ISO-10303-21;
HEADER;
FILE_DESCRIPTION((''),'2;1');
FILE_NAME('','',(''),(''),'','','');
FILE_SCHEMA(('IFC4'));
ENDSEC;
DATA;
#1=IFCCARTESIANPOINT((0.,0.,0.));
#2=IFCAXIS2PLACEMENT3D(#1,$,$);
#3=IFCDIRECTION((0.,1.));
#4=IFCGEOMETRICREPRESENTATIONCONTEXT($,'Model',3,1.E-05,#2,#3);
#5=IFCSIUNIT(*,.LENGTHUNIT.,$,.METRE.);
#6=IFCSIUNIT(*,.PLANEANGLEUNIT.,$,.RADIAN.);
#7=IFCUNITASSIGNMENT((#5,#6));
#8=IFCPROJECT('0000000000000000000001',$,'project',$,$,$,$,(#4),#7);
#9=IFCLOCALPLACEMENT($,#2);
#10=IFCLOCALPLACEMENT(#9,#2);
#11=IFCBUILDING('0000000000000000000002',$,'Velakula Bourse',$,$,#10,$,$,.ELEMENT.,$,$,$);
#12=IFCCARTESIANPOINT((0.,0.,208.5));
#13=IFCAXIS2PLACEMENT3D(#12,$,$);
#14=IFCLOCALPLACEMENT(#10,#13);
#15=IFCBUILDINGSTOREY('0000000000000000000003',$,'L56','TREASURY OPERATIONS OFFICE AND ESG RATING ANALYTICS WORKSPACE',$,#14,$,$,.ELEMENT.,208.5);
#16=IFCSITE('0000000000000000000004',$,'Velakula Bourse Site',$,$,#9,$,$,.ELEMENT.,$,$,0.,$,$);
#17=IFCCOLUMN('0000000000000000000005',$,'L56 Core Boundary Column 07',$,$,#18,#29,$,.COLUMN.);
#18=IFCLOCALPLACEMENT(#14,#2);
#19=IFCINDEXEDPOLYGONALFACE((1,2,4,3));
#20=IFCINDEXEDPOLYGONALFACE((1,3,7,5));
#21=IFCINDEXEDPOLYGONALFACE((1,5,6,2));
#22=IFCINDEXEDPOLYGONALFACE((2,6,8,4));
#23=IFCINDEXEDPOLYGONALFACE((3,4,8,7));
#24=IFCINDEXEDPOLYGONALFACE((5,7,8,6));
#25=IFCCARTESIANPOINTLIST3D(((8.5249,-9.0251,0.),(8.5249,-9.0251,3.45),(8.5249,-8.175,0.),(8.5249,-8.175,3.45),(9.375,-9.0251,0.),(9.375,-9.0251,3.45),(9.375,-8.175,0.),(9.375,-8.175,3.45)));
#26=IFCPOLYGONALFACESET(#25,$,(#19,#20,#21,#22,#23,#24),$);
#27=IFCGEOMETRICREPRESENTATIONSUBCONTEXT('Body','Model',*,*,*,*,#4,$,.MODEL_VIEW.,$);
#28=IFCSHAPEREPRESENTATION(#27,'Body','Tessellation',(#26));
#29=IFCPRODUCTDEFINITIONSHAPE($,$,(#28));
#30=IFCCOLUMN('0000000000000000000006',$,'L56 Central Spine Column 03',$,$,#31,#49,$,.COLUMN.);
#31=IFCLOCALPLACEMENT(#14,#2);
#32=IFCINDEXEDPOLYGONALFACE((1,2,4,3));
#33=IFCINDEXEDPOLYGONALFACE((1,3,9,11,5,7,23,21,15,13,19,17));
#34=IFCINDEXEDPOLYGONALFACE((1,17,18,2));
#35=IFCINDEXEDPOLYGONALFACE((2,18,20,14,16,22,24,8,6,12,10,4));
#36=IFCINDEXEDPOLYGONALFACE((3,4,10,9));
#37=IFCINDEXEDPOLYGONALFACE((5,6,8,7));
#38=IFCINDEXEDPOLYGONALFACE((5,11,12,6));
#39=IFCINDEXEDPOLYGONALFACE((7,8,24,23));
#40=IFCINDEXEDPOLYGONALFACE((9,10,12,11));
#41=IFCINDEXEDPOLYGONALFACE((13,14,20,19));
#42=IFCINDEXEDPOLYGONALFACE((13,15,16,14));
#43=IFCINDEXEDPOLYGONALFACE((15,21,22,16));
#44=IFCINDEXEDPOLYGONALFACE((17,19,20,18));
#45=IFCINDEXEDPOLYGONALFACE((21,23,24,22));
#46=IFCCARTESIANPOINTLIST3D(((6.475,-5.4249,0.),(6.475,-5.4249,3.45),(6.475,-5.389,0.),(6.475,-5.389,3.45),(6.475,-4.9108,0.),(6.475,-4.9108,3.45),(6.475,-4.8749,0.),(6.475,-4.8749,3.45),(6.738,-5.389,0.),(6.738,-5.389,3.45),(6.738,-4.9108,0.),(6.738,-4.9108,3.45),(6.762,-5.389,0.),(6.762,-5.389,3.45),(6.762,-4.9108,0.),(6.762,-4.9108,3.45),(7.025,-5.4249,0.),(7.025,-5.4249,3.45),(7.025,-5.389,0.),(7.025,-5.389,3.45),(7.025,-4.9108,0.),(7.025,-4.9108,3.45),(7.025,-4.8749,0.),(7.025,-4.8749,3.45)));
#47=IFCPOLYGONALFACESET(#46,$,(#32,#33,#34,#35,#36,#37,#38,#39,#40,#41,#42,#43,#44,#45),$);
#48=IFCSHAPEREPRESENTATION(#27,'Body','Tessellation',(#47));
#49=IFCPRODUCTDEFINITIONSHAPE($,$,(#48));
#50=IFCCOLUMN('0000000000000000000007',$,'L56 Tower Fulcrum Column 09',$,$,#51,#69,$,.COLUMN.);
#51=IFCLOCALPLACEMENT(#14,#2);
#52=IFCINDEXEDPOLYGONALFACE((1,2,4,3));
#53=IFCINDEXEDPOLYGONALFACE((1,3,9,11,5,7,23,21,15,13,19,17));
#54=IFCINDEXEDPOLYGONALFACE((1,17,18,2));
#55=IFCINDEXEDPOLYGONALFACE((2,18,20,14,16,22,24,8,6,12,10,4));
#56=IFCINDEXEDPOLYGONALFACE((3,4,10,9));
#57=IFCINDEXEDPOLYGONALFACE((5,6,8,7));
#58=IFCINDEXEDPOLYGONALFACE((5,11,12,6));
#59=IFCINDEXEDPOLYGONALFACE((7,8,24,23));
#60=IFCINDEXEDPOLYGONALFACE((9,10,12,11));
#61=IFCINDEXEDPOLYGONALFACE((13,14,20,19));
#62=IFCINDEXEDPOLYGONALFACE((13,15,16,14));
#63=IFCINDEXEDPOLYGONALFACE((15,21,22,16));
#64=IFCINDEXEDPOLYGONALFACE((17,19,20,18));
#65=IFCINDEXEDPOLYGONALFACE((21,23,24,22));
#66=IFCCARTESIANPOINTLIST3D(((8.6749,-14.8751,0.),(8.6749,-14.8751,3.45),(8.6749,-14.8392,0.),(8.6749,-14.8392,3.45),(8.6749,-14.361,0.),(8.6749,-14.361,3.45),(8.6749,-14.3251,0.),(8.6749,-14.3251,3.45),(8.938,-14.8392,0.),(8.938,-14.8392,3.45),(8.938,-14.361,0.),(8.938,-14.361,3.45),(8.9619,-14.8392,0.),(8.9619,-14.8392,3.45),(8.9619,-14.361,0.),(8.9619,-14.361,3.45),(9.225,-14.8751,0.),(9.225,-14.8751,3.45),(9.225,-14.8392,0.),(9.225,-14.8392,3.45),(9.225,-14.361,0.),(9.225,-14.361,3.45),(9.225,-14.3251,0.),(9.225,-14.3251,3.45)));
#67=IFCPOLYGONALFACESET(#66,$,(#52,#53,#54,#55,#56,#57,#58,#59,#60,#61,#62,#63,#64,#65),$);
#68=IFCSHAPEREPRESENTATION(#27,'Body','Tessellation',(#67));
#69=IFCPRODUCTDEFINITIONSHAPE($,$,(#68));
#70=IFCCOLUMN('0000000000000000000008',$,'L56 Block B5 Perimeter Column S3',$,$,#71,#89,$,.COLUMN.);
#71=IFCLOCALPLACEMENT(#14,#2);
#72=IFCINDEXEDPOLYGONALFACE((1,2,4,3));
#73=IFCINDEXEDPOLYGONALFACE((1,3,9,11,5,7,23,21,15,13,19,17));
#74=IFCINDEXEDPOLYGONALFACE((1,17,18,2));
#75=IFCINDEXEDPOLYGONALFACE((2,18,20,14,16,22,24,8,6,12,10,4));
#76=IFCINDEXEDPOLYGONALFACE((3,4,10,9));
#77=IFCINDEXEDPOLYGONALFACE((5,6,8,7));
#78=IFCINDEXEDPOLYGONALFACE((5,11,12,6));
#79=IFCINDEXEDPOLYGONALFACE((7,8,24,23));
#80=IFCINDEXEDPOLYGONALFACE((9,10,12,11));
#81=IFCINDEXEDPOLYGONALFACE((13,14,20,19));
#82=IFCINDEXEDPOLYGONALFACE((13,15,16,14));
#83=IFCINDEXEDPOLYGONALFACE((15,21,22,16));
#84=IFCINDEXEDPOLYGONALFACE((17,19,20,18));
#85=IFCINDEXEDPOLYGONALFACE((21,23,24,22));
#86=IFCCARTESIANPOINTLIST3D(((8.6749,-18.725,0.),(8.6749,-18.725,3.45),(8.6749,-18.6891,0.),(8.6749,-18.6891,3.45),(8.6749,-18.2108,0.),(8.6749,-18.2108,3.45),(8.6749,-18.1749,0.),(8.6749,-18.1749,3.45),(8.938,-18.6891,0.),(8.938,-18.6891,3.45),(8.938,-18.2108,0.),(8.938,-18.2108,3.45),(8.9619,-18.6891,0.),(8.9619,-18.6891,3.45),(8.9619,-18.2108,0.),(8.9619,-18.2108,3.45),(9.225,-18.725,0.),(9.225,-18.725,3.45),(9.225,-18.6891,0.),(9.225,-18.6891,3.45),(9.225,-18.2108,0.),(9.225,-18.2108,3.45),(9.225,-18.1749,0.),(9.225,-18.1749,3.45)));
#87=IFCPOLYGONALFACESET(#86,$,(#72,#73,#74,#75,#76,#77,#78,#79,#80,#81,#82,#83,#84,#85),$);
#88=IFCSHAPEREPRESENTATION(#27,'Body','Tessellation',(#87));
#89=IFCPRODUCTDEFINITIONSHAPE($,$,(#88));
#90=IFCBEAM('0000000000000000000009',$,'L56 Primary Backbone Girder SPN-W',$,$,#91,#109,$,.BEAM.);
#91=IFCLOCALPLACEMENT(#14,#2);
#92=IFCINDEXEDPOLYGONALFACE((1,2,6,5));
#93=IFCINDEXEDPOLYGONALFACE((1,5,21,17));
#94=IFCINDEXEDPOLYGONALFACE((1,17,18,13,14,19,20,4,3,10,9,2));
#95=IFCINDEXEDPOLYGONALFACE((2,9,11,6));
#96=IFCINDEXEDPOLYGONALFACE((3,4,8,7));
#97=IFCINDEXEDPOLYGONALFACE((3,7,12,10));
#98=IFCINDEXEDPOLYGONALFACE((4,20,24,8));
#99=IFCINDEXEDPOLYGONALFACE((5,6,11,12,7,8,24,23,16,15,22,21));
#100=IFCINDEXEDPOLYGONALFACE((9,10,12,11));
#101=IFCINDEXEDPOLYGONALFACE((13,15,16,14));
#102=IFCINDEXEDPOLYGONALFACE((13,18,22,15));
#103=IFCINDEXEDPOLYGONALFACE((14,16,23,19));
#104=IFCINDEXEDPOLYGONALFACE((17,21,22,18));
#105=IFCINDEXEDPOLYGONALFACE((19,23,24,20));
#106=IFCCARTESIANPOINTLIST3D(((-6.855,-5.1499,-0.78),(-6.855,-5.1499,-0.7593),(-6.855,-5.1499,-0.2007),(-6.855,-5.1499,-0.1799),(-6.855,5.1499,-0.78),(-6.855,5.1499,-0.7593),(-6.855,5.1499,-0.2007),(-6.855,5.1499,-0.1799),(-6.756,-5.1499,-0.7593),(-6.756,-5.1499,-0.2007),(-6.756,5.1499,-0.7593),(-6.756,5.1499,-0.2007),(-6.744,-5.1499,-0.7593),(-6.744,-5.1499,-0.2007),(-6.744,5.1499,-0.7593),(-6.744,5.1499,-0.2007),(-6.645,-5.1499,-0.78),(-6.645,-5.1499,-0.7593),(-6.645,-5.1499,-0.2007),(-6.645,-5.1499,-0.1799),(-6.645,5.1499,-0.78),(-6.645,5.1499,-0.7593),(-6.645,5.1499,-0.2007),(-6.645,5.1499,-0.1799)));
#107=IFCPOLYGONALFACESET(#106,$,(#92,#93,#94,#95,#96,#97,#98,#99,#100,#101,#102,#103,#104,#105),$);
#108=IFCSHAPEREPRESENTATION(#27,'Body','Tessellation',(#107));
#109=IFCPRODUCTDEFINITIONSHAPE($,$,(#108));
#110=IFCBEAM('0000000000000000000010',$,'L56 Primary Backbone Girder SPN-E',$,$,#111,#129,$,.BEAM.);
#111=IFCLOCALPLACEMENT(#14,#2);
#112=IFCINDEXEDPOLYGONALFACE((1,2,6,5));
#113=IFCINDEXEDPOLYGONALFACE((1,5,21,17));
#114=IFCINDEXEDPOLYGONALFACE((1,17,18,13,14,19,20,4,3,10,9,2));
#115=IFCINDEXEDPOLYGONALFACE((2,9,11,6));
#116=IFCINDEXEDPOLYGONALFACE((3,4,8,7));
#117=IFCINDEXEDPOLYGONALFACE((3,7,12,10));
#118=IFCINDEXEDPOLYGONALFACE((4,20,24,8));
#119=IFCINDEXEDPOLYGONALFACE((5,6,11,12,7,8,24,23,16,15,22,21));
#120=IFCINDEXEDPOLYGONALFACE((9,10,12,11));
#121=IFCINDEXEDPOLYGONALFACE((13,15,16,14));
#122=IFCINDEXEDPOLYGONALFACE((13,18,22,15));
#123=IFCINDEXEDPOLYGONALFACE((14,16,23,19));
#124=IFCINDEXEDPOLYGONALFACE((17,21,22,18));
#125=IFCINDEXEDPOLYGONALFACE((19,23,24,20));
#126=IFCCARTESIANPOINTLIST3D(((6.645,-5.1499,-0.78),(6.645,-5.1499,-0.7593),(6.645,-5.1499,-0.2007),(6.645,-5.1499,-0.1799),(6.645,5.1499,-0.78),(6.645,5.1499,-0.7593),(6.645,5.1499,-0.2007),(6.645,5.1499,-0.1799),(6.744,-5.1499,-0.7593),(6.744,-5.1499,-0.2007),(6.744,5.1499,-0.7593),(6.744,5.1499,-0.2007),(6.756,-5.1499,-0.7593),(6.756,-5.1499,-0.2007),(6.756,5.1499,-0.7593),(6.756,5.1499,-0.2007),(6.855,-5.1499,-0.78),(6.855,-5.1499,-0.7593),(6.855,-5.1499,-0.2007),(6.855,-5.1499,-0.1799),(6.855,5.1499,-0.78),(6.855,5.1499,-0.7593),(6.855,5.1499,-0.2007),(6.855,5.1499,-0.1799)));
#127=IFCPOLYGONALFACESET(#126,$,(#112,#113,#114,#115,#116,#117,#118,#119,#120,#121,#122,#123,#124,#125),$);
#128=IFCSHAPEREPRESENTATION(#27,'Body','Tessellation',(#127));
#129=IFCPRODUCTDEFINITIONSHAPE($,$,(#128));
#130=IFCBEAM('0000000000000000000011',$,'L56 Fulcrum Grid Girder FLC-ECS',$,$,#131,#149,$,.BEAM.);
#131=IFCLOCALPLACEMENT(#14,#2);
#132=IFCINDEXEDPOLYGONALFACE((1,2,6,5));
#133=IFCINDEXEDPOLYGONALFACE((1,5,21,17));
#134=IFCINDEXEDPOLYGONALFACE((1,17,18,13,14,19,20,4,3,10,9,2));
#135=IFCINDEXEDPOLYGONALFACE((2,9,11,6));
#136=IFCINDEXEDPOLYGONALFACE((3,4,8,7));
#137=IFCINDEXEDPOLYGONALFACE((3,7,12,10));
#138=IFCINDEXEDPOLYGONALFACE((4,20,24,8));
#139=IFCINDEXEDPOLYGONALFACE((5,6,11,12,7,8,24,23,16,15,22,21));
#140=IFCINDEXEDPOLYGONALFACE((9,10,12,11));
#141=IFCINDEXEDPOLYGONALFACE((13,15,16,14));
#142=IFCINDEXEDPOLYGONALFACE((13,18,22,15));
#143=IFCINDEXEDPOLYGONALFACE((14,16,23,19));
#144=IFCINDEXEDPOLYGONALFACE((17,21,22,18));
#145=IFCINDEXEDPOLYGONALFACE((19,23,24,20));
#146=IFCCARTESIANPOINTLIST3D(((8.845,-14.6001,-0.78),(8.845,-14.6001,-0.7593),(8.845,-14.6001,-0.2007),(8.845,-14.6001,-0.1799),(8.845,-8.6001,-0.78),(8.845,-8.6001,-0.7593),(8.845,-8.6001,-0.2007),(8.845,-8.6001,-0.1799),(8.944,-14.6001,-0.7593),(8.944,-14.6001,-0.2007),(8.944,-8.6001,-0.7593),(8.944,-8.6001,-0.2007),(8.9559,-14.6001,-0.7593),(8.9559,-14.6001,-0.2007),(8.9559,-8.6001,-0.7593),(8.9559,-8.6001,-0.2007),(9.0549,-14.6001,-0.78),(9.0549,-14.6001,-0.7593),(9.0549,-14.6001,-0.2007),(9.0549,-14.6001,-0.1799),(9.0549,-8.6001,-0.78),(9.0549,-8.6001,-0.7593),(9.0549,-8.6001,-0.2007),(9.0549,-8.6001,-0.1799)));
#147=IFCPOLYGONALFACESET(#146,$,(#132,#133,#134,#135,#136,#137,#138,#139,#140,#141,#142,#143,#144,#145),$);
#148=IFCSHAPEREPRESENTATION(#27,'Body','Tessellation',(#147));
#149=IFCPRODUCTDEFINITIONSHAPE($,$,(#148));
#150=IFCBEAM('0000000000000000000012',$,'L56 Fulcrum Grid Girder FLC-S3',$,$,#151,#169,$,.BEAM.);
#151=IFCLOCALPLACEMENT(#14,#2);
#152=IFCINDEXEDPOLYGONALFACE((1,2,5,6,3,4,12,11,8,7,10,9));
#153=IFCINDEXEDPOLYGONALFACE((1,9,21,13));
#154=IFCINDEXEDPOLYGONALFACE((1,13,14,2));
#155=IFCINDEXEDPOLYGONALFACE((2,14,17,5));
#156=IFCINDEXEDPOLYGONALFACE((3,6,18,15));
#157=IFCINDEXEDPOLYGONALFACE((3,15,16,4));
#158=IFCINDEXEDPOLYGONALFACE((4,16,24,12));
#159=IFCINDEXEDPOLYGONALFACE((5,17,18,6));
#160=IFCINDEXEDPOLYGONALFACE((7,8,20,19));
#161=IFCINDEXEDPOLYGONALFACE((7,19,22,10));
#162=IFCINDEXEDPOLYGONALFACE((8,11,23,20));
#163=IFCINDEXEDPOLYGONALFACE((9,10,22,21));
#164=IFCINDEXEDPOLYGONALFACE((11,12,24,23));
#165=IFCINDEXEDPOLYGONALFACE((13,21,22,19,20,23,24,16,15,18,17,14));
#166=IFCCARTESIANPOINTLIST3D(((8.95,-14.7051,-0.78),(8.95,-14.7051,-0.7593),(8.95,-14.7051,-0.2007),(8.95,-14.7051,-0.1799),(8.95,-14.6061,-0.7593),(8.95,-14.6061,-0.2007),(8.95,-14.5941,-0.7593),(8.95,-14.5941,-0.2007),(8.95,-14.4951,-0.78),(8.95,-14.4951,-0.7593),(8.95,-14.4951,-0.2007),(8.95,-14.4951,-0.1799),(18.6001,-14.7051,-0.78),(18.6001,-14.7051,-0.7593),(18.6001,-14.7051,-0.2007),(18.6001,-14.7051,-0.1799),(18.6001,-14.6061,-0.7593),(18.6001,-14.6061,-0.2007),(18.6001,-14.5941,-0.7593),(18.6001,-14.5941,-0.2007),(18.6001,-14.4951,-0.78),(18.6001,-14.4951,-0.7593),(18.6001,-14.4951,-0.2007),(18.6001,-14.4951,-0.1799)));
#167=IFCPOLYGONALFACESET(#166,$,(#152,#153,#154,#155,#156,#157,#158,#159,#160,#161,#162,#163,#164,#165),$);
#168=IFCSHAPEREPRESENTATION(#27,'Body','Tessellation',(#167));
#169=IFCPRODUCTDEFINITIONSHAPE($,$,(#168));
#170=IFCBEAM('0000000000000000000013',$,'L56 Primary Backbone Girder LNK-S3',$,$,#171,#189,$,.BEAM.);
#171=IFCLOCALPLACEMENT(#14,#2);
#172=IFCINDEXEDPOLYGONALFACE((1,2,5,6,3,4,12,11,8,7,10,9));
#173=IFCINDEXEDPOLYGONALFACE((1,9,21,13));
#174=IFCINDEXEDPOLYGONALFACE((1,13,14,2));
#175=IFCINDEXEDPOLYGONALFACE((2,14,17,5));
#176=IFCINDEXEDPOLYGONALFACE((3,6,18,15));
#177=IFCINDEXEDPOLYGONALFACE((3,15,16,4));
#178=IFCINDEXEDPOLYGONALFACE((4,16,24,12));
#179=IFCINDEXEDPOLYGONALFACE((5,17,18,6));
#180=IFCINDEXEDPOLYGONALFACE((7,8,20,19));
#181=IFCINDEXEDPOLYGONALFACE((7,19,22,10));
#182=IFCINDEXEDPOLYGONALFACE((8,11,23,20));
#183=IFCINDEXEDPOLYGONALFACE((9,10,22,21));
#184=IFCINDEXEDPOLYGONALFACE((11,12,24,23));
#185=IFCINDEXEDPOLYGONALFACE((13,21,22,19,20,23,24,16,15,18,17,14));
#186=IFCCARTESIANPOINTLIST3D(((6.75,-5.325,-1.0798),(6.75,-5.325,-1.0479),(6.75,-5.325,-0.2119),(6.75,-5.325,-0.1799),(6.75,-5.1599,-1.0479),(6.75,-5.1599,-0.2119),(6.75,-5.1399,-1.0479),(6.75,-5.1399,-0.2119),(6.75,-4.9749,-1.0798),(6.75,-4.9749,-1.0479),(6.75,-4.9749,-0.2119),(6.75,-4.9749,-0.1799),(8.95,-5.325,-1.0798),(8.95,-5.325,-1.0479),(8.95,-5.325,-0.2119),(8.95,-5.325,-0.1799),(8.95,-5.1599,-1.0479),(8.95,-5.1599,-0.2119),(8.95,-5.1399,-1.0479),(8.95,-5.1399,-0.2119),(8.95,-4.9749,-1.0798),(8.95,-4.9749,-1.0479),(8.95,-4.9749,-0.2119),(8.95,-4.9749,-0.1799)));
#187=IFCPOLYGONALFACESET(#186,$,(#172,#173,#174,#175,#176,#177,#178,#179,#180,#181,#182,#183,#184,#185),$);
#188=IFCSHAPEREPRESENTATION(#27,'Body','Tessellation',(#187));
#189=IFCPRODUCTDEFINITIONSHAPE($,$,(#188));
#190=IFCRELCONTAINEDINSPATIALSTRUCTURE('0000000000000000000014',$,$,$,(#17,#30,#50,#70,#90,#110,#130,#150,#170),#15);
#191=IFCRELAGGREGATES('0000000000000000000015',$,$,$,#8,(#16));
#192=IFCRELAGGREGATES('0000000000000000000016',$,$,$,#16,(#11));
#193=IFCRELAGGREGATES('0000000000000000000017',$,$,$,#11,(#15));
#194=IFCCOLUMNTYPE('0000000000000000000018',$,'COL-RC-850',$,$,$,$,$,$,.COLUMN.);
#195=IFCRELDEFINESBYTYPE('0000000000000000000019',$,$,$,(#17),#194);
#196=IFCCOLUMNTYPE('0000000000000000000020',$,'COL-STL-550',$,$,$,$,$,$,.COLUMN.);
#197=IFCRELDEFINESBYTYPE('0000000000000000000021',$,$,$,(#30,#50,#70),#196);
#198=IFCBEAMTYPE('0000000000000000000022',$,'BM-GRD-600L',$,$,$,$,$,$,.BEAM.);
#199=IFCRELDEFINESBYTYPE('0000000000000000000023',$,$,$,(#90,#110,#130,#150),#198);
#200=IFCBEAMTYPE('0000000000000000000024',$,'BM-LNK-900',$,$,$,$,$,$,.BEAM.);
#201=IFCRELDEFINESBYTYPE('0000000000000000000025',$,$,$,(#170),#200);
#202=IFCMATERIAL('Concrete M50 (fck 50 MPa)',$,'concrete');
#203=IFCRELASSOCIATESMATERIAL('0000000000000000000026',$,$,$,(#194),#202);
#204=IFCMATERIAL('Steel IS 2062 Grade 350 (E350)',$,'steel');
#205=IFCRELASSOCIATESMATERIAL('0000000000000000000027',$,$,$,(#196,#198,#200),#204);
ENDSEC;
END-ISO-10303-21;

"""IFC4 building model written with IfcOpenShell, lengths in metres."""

from ifc_helpers import new_model, si_unit, direction, frame, origin, origin_2d, place, context, subcontext, project, spatial, rectangle, i_section, extrude, material, material_profile, profile_set, type_object, element, save


model = new_model("IFC4")

# Units and contexts
model_context = context("Model", 3, precision=1e-05, world=origin(), true_north=direction((0.0, 1.0)))
body_context = subcontext(model_context, "Body", "Model", "MODEL_VIEW")
ifc_project = project(units=[si_unit("LENGTHUNIT", "METRE"), si_unit("PLANEANGLEUNIT", "RADIAN")], contexts=[model_context])

# Site, building, storey
site_placement = place(None, origin())
site = spatial("IfcSite", under=ifc_project, at=site_placement, Name="Velakula Bourse Site", CompositionType="ELEMENT", RefElevation=0.0)
building_placement = place(site_placement, origin())
building = spatial("IfcBuilding", under=site, at=building_placement, Name="Velakula Bourse", CompositionType="ELEMENT")
storey_placement = place(building_placement, frame((0.0, 0.0, 208.5)))
storey = spatial("IfcBuildingStorey", under=building, at=storey_placement, Name="L56", Description="TREASURY OPERATIONS OFFICE AND ESG RATING ANALYTICS WORKSPACE", CompositionType="ELEMENT", Elevation=208.5)

# Columns
ifc_material_1 = material(Name="Concrete M50 (fck 50 MPa)", Category="concrete")
ifc_material_profile_1 = material_profile(ifc_material_1, rectangle(XDim=0.8501, YDim=0.8501, at=origin_2d()), Name="Concrete M50 (fck 50 MPa)")
ifc_profile_set_1 = profile_set([ifc_material_profile_1], Name="Concrete M50 (fck 50 MPa)")
column_type_1 = type_object("IfcColumnType", Name="COL-RC-850", PredefinedType="COLUMN", material=ifc_profile_set_1)
column_placement = place(storey_placement, frame((8.95, -8.6001, 0.0), z_axis=(0.0, 0.0, 1.0), x_axis=(1.0, 0.0, 0.0)))
element("IfcColumn", 1, at=column_placement, inside=storey, type_object=column_type_1, Name="L56 Core Boundary Column 07", PredefinedType="COLUMN", context=body_context, shape_type="SweptSolid", body=[
    extrude(rectangle(XDim=0.8501, YDim=0.8501, at=origin_2d()), origin(), (0.0, 0.0, 1.0), 3.45),
])
ifc_material_2 = material(Name="Steel IS 2062 Grade 350 (E350)", Category="steel")
ifc_material_profile_2 = material_profile(ifc_material_2, i_section(OverallWidth=0.55, OverallDepth=0.55, WebThickness=0.0239, FlangeThickness=0.0359, at=origin_2d()), Name="Steel IS 2062 Grade 350 (E350)")
ifc_profile_set_2 = profile_set([ifc_material_profile_2], Name="Steel IS 2062 Grade 350 (E350)")
column_type_2 = type_object("IfcColumnType", Name="COL-STL-550", PredefinedType="COLUMN", material=ifc_profile_set_2)
for number, where, z_axis, x_axis, name in (
    (2, (6.75, -5.1499, 0.0), (0.0, 0.0, 1.0), (1.0, 0.0, 0.0), "L56 Central Spine Column 03"),
    (3, (8.95, -14.6001, 0.0), (0.0, 0.0, 1.0), (1.0, 0.0, 0.0), "L56 Tower Fulcrum Column 09"),
    (4, (8.95, -18.45, 0.0), (0.0, 0.0, 1.0), (1.0, 0.0, 0.0), "L56 Block B5 Perimeter Column S3"),
):
    element("IfcColumn", number, at=place(storey_placement, frame(where, z_axis=z_axis, x_axis=x_axis)), inside=storey, type_object=column_type_2, Name=name, PredefinedType="COLUMN", context=body_context, shape_type="SweptSolid", body=[
        extrude(i_section(OverallWidth=0.55, OverallDepth=0.55, WebThickness=0.0239, FlangeThickness=0.0359, at=origin_2d()), origin(), (0.0, 0.0, 1.0), 3.45),
    ])

# Beams
ifc_material_profile_3 = material_profile(ifc_material_2, i_section(OverallWidth=0.21, OverallDepth=0.6001, WebThickness=0.012, FlangeThickness=0.0208, at=origin_2d()), Name="Steel IS 2062 Grade 350 (E350)")
ifc_profile_set_3 = profile_set([ifc_material_profile_3], Name="Steel IS 2062 Grade 350 (E350)")
beam_type_1 = type_object("IfcBeamType", Name="BM-GRD-600L", PredefinedType="BEAM", material=ifc_profile_set_3)
for number, where, z_axis, x_axis, name in (
    (5, (-6.75, -5.1499, -0.48), (0.0, 1.0, 0.0), (-1.0, 0.0, 0.0), "L56 Primary Backbone Girder SPN-W"),
    (6, (6.75, -5.1499, -0.48), (0.0, 1.0, 0.0), (-1.0, 0.0, 0.0), "L56 Primary Backbone Girder SPN-E"),
):
    element("IfcBeam", number, at=place(storey_placement, frame(where, z_axis=z_axis, x_axis=x_axis)), inside=storey, type_object=beam_type_1, Name=name, PredefinedType="BEAM", context=body_context, shape_type="SweptSolid", body=[
        extrude(i_section(OverallWidth=0.21, OverallDepth=0.6001, WebThickness=0.012, FlangeThickness=0.0208, at=origin_2d()), origin(), (0.0, 0.0, 1.0), 10.2998),
    ])
beam_1_placement = place(storey_placement, frame((8.95, -14.6001, -0.48), z_axis=(0.0, 1.0, 0.0), x_axis=(-1.0, 0.0, 0.0)))
element("IfcBeam", 7, at=beam_1_placement, inside=storey, type_object=beam_type_1, Name="L56 Fulcrum Grid Girder FLC-ECS", PredefinedType="BEAM", context=body_context, shape_type="SweptSolid", body=[
    extrude(i_section(OverallWidth=0.21, OverallDepth=0.6001, WebThickness=0.012, FlangeThickness=0.0208, at=origin_2d()), origin(), (0.0, 0.0, 1.0), 6.0),
])
beam_2_placement = place(storey_placement, frame((8.95, -14.6001, -0.48), z_axis=(1.0, 0.0, 0.0), x_axis=(0.0, 1.0, 0.0)))
element("IfcBeam", 8, at=beam_2_placement, inside=storey, type_object=beam_type_1, Name="L56 Fulcrum Grid Girder FLC-S3", PredefinedType="BEAM", context=body_context, shape_type="SweptSolid", body=[
    extrude(i_section(OverallWidth=0.21, OverallDepth=0.6001, WebThickness=0.012, FlangeThickness=0.0208, at=origin_2d()), origin(), (0.0, 0.0, 1.0), 9.6501),
])
ifc_material_profile_4 = material_profile(ifc_material_2, i_section(OverallWidth=0.3501, OverallDepth=0.8999, WebThickness=0.02, FlangeThickness=0.032, at=origin_2d()), Name="Steel IS 2062 Grade 350 (E350)")
ifc_profile_set_4 = profile_set([ifc_material_profile_4], Name="Steel IS 2062 Grade 350 (E350)")
beam_type_2 = type_object("IfcBeamType", Name="BM-LNK-900", PredefinedType="BEAM", material=ifc_profile_set_4)
beam_3_placement = place(storey_placement, frame((6.75, -5.1499, -0.6299), z_axis=(1.0, 0.0, 0.0), x_axis=(0.0, 1.0, 0.0)))
element("IfcBeam", 9, at=beam_3_placement, inside=storey, type_object=beam_type_2, Name="L56 Primary Backbone Girder LNK-S3", PredefinedType="BEAM", context=body_context, shape_type="SweptSolid", body=[
    extrude(i_section(OverallWidth=0.3501, OverallDepth=0.8999, WebThickness=0.02, FlangeThickness=0.032, at=origin_2d()), origin(), (0.0, 0.0, 1.0), 2.2),
])

save(model, "model.ifc")
